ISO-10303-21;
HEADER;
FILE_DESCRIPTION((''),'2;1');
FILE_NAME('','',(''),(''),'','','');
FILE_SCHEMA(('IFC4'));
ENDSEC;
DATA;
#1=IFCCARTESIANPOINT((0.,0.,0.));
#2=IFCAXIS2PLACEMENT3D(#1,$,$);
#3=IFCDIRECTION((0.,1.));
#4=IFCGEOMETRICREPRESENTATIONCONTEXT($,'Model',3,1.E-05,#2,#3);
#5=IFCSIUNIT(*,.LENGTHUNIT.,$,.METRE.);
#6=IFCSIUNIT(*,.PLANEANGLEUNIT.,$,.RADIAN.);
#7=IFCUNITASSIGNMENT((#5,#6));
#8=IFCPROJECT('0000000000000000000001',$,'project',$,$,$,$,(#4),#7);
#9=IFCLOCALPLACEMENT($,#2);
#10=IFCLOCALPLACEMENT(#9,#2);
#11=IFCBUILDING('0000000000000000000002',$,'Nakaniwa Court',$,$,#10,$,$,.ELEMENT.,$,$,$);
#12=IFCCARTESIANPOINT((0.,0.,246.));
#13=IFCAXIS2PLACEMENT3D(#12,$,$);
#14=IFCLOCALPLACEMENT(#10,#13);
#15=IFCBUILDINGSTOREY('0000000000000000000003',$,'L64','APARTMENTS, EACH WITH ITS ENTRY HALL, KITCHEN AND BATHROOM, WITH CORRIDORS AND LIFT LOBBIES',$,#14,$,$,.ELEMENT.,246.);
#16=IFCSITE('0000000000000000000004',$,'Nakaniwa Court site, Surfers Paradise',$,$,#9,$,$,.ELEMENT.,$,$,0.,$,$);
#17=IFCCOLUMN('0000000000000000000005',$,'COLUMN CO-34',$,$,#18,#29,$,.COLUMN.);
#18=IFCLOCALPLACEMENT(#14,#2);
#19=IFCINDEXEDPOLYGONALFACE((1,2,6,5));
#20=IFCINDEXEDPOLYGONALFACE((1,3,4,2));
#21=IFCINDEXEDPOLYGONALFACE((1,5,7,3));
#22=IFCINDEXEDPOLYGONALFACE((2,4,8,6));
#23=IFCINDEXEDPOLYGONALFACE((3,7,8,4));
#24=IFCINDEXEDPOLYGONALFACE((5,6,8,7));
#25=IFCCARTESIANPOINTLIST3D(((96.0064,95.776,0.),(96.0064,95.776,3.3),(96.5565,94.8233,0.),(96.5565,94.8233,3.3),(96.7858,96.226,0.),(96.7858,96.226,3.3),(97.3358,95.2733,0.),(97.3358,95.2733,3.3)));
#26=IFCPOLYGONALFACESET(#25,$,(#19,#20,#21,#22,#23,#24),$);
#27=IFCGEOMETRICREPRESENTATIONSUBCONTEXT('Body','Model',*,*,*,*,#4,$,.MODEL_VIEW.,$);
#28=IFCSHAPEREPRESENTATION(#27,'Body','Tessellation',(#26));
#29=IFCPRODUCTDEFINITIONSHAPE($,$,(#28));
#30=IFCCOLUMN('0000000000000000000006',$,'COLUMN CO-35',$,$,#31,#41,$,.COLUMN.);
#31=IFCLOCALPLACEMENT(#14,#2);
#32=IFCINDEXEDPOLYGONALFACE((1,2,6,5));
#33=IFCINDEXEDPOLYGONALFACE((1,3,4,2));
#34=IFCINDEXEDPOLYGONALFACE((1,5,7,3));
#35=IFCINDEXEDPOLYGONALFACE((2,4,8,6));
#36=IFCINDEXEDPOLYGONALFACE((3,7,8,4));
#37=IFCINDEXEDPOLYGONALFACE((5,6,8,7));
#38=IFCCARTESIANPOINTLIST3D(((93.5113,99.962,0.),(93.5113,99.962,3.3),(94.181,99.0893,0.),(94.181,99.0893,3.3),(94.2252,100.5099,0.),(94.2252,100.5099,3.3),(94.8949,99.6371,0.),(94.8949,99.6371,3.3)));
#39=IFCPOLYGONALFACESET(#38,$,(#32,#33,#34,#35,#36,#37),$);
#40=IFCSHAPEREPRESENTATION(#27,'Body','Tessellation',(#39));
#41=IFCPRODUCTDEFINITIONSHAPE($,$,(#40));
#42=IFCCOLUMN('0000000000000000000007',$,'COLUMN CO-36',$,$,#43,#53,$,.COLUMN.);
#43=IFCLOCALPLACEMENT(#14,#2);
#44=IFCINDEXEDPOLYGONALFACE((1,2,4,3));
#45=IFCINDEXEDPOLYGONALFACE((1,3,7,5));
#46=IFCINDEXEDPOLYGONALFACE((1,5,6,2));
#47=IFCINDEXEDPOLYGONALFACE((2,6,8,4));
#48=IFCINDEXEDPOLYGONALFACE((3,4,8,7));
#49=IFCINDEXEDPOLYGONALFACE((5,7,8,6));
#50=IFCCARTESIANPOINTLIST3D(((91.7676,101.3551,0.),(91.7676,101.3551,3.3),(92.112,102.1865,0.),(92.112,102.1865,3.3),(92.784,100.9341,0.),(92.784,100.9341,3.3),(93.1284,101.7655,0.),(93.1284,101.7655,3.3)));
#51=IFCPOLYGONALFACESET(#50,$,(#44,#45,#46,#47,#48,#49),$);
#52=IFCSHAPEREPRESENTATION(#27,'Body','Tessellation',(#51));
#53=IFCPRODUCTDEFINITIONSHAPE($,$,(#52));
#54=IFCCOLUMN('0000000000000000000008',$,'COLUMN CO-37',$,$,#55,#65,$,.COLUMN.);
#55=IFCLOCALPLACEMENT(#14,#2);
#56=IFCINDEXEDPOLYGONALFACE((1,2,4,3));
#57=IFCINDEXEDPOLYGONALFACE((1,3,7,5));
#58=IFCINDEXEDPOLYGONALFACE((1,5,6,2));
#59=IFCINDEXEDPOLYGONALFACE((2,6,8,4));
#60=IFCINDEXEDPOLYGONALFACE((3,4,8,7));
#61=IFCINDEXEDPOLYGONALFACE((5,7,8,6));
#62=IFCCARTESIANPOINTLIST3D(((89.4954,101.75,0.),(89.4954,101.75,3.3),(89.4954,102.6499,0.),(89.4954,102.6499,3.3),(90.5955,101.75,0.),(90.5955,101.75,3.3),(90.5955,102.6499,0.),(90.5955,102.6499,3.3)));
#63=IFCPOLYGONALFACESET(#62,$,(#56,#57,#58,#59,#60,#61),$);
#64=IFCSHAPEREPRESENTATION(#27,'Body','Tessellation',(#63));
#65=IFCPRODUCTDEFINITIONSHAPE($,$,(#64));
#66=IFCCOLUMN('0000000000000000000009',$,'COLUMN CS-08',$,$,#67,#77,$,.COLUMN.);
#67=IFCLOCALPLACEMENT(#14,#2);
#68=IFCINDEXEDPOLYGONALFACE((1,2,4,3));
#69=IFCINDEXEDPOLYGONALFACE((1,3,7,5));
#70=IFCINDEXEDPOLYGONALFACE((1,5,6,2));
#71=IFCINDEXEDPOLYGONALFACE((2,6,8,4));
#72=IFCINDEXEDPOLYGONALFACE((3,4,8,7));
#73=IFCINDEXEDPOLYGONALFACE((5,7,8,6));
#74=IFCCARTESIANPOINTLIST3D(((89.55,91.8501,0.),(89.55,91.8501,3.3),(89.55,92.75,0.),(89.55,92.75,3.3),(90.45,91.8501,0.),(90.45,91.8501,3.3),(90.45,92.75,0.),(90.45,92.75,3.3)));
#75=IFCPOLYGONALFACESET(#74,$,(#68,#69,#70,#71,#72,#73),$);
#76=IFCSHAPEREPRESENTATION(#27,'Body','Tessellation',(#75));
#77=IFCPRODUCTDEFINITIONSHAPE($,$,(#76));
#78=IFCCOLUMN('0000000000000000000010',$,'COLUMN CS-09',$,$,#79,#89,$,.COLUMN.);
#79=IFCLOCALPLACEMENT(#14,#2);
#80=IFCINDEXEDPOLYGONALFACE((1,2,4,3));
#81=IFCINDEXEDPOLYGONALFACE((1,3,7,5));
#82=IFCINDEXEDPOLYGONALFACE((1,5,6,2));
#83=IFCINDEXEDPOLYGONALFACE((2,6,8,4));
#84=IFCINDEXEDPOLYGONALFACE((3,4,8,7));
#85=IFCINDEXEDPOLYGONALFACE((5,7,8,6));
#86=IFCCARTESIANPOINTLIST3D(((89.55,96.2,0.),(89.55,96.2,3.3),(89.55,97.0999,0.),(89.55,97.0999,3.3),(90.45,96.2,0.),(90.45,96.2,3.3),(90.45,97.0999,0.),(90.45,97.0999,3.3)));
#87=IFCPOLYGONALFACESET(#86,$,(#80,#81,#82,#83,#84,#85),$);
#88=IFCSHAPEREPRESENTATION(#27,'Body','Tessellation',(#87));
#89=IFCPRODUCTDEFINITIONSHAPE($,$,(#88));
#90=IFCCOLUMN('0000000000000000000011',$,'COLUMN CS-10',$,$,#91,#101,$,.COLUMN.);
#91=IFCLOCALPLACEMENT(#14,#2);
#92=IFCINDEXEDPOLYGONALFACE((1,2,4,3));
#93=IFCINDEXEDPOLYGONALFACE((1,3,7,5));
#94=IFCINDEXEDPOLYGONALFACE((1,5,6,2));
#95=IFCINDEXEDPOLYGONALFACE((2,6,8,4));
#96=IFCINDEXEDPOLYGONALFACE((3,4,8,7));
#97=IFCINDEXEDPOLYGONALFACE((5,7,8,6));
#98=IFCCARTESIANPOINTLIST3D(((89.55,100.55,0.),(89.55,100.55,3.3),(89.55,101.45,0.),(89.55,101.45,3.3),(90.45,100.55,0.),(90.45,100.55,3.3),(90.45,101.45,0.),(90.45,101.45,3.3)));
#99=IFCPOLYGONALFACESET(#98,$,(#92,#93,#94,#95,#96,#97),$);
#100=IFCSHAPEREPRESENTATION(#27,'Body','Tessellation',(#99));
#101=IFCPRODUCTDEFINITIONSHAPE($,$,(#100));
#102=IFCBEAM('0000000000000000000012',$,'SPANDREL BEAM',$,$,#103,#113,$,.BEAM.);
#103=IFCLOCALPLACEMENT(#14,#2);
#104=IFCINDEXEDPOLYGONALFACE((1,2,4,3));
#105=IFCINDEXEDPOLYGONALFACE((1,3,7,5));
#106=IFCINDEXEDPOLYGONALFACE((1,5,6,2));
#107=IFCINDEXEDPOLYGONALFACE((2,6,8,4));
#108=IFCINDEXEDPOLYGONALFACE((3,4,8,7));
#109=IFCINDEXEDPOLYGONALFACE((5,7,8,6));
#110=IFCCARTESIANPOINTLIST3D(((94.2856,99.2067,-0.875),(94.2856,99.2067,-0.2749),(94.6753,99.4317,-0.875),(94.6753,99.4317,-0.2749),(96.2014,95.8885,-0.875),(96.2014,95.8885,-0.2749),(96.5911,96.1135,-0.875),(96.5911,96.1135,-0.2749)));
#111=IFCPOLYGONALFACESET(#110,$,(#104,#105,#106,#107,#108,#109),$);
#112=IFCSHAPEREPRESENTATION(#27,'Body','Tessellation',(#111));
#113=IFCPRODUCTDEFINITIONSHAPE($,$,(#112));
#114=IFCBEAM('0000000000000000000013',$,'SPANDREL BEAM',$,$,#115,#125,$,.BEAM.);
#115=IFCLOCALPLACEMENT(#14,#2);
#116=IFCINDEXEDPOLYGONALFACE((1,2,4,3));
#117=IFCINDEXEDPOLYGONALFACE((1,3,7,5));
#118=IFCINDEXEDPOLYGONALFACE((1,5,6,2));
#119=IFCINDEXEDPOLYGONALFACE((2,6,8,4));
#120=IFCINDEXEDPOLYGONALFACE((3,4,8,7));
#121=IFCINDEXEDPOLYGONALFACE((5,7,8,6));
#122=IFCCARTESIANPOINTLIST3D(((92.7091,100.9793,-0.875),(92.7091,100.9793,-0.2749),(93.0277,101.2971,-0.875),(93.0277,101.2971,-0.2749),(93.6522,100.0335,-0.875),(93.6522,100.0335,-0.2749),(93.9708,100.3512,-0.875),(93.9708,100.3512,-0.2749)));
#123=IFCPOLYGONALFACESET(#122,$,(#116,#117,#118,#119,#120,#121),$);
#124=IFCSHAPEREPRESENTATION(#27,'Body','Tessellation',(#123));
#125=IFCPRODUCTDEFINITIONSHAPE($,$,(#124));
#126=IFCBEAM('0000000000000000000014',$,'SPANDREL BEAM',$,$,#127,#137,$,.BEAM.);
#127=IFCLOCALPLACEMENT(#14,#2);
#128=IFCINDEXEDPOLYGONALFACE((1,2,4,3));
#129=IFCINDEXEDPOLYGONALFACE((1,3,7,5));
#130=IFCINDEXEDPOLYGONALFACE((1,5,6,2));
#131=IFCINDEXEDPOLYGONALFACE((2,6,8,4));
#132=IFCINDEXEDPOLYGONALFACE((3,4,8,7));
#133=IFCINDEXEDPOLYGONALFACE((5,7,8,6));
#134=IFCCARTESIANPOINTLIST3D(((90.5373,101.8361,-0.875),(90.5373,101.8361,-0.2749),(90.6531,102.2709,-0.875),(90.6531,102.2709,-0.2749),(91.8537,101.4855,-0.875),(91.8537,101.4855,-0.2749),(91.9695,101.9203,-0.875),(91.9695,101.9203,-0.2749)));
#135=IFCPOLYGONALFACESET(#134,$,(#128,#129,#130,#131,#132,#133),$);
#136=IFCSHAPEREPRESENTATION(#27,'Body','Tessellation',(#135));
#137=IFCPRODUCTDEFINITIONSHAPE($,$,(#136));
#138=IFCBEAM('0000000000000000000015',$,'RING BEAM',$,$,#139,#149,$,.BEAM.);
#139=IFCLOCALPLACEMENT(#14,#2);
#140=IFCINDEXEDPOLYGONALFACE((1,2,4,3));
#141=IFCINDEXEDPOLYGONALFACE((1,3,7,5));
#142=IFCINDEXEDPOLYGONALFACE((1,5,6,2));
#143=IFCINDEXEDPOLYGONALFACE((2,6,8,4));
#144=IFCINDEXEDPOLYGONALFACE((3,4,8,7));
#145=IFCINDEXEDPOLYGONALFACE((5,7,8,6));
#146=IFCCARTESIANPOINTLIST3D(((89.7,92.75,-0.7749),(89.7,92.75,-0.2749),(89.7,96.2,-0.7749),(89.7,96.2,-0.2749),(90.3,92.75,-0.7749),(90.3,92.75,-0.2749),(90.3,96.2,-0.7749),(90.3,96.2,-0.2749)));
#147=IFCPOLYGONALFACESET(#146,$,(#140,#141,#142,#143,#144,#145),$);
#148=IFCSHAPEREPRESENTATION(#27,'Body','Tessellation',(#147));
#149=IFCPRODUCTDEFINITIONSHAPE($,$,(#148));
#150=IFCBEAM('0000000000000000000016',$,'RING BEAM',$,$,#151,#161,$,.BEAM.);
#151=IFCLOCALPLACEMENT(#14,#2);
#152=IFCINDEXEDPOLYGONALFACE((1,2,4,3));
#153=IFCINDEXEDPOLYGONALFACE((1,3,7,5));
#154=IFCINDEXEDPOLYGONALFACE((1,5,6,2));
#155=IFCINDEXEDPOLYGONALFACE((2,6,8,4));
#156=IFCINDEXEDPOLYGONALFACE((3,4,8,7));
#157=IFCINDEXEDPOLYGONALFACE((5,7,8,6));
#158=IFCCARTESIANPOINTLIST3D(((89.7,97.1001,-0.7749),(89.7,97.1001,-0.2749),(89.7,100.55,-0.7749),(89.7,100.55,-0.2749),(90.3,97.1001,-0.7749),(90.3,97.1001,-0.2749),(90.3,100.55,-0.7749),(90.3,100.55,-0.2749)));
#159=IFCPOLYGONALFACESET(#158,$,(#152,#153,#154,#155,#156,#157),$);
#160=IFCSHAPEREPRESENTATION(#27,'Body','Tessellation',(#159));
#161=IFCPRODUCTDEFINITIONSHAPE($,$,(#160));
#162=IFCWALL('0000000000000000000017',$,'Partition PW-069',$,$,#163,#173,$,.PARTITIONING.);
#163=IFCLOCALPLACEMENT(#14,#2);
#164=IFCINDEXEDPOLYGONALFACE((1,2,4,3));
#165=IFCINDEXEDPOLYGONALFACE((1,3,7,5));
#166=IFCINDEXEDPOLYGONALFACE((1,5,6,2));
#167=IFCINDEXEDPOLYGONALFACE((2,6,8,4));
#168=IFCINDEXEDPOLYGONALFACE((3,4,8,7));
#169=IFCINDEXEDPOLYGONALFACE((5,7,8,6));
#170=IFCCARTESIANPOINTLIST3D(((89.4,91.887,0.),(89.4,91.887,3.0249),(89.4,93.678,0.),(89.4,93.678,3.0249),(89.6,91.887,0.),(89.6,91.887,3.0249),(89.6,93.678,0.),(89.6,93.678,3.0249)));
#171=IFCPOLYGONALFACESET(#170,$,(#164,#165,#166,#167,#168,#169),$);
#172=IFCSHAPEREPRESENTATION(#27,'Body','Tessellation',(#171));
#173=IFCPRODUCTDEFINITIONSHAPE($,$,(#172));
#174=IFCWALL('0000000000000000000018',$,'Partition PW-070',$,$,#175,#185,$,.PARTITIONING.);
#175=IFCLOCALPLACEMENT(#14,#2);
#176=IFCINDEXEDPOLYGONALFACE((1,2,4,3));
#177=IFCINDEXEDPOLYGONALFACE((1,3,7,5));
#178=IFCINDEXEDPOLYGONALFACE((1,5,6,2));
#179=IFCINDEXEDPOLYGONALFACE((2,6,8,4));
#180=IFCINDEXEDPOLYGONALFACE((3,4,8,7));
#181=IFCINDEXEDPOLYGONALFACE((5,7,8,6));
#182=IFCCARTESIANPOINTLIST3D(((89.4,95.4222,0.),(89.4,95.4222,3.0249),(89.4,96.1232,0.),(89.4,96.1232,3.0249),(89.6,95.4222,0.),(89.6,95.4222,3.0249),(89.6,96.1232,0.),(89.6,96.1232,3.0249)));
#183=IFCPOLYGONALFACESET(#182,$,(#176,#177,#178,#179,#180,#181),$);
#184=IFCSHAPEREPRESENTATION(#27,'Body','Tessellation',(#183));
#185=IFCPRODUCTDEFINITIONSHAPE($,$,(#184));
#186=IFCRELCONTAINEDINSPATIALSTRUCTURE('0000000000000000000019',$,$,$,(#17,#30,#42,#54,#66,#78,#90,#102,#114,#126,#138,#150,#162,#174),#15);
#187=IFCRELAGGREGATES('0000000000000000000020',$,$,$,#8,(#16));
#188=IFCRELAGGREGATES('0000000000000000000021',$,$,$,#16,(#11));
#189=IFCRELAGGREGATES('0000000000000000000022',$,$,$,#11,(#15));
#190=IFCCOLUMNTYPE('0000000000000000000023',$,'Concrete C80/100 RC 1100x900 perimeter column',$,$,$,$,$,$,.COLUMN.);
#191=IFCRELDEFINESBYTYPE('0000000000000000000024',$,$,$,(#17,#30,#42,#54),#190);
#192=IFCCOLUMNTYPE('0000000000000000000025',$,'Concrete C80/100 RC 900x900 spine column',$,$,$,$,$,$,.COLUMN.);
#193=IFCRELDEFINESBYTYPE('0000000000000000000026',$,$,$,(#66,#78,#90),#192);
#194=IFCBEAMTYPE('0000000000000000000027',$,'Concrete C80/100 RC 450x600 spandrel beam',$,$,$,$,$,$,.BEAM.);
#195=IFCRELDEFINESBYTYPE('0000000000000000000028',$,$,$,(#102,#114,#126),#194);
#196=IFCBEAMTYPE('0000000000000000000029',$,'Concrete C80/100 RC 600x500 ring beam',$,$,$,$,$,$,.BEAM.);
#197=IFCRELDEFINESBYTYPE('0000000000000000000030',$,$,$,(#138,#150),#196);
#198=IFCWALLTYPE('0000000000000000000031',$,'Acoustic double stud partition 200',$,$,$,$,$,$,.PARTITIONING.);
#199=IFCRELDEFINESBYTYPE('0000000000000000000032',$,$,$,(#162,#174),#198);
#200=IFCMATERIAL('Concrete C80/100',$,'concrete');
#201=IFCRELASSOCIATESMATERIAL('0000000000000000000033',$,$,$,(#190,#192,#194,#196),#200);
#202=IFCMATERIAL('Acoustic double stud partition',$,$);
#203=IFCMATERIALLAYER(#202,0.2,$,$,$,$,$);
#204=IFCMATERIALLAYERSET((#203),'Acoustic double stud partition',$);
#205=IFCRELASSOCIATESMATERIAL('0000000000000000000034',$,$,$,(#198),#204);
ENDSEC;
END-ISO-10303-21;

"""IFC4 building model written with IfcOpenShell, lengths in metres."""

from ifc_helpers import new_model, si_unit, direction, frame, frame_2d, origin, origin_2d, place, context, subcontext, project, spatial, rectangle, extrude, material, layer, layer_set, material_profile, profile_set, type_object, element, save


model = new_model("IFC4")

# Units and contexts
model_context = context("Model", 3, precision=1e-05, world=origin(), true_north=direction((0.0, 1.0)))
body_context = subcontext(model_context, "Body", "Model", "MODEL_VIEW")
ifc_project = project(units=[si_unit("LENGTHUNIT", "METRE"), si_unit("PLANEANGLEUNIT", "RADIAN")], contexts=[model_context])

# Site, building, storey
site_placement = place(None, origin())
site = spatial("IfcSite", under=ifc_project, at=site_placement, Name="Nakaniwa Court site, Surfers Paradise", CompositionType="ELEMENT", RefElevation=0.0)
building_placement = place(site_placement, origin())
building = spatial("IfcBuilding", under=site, at=building_placement, Name="Nakaniwa Court", CompositionType="ELEMENT")
storey_placement = place(building_placement, frame((0.0, 0.0, 246.0)))
storey = spatial("IfcBuildingStorey", under=building, at=storey_placement, Name="L64", Description="APARTMENTS, EACH WITH ITS ENTRY HALL, KITCHEN AND BATHROOM, WITH CORRIDORS AND LIFT LOBBIES", CompositionType="ELEMENT", Elevation=246.0)

# Columns
ifc_material_1 = material(Name="Concrete C80/100", Category="concrete")
ifc_material_profile_1 = material_profile(ifc_material_1, rectangle(XDim=1.1001, YDim=0.8999, at=origin_2d()), Name="Concrete C80/100 RC 1100x900 perimeter column")
ifc_profile_set_1 = profile_set([ifc_material_profile_1], Name="Concrete C80/100")
column_type_1 = type_object("IfcColumnType", Name="Concrete C80/100 RC 1100x900 perimeter column", PredefinedType="COLUMN", material=ifc_profile_set_1)
for number, where, z_axis, x_axis, name in (
    (1, (96.6711, 95.5247, 0.0), (0.0, 0.0, 1.0), (-0.5, 0.866025, 0.0), "COLUMN CO-34"),
    (2, (94.2031, 99.7996, 0.0), (0.0, 0.0, 1.0), (-0.608761, 0.793353, 0.0), "COLUMN CO-35"),
    (3, (92.448, 101.5603, 0.0), (0.0, 0.0, 1.0), (-0.92388, 0.382683, 0.0), "COLUMN CO-36"),
    (4, (90.0454, 102.2, 0.0), (0.0, 0.0, 1.0), (-1.0, 0.0, 0.0), "COLUMN CO-37"),
):
    element("IfcColumn", number, at=place(storey_placement, frame(where, z_axis=z_axis, x_axis=x_axis)), inside=storey, type_object=column_type_1, Name=name, PredefinedType="COLUMN", context=body_context, shape_type="SweptSolid", body=[
        extrude(rectangle(XDim=1.1001, YDim=0.8999, at=origin_2d()), origin(), (0.0, 0.0, 1.0), 3.3),
    ])
ifc_material_profile_2 = material_profile(ifc_material_1, rectangle(XDim=0.8999, YDim=0.8999, at=origin_2d()), Name="Concrete C80/100 RC 900x900 spine column")
ifc_profile_set_2 = profile_set([ifc_material_profile_2], Name="Concrete C80/100")
column_type_2 = type_object("IfcColumnType", Name="Concrete C80/100 RC 900x900 spine column", PredefinedType="COLUMN", material=ifc_profile_set_2)
for number, where, z_axis, x_axis, name in (
    (5, (90.0, 92.3, 0.0), (0.0, 0.0, 1.0), (0.0, 1.0, 0.0), "COLUMN CS-08"),
    (6, (90.0, 96.6499, 0.0), (0.0, 0.0, 1.0), (0.0, 1.0, 0.0), "COLUMN CS-09"),
    (7, (90.0, 101.0, 0.0), (0.0, 0.0, 1.0), (0.0, 1.0, 0.0), "COLUMN CS-10"),
):
    element("IfcColumn", number, at=place(storey_placement, frame(where, z_axis=z_axis, x_axis=x_axis)), inside=storey, type_object=column_type_2, Name=name, PredefinedType="COLUMN", context=body_context, shape_type="SweptSolid", body=[
        extrude(rectangle(XDim=0.8999, YDim=0.8999, at=origin_2d()), origin(), (0.0, 0.0, 1.0), 3.3),
    ])

# Beams
ifc_material_profile_3 = material_profile(ifc_material_1, rectangle(XDim=0.45, YDim=0.6001, at=origin_2d()), Name="Concrete C80/100 RC 450x600 spandrel beam")
ifc_profile_set_3 = profile_set([ifc_material_profile_3], Name="Concrete C80/100")
beam_type_1 = type_object("IfcBeamType", Name="Concrete C80/100 RC 450x600 spandrel beam", PredefinedType="BEAM", material=ifc_profile_set_3)
beam_1_placement = place(storey_placement, frame((96.3962, 96.001, -0.575), z_axis=(-0.500011, 0.866019, 0.0), x_axis=(-0.866019, -0.500011, 0.0)))
element("IfcBeam", 8, at=beam_1_placement, inside=storey, type_object=beam_type_1, Name="SPANDREL BEAM", PredefinedType="BEAM", context=body_context, shape_type="SweptSolid", body=[
    extrude(rectangle(XDim=0.45, YDim=0.6001, at=origin_2d()), origin(), (0.0, 0.0, 1.0), 3.8315),
])
beam_2_placement = place(storey_placement, frame((93.8115, 100.1924, -0.575), z_axis=(-0.706101, 0.708111, 0.0), x_axis=(-0.708111, -0.706101, 0.0)))
element("IfcBeam", 9, at=beam_2_placement, inside=storey, type_object=beam_type_1, Name="SPANDREL BEAM", PredefinedType="BEAM", context=body_context, shape_type="SweptSolid", body=[
    extrude(rectangle(XDim=0.45, YDim=0.6001, at=origin_2d()), origin(), (0.0, 0.0, 1.0), 1.3357),
])
beam_3_placement = place(storey_placement, frame((91.9116, 101.7029, -0.575), z_axis=(-0.966318, 0.25735, 0.0), x_axis=(-0.25735, -0.966318, 0.0)))
element("IfcBeam", 10, at=beam_3_placement, inside=storey, type_object=beam_type_1, Name="SPANDREL BEAM", PredefinedType="BEAM", context=body_context, shape_type="SweptSolid", body=[
    extrude(rectangle(XDim=0.45, YDim=0.6001, at=origin_2d()), origin(), (0.0, 0.0, 1.0), 1.3623),
])
ifc_material_profile_4 = material_profile(ifc_material_1, rectangle(XDim=0.6001, YDim=0.5, at=origin_2d()), Name="Concrete C80/100 RC 600x500 ring beam")
ifc_profile_set_4 = profile_set([ifc_material_profile_4], Name="Concrete C80/100")
beam_type_2 = type_object("IfcBeamType", Name="Concrete C80/100 RC 600x500 ring beam", PredefinedType="BEAM", material=ifc_profile_set_4)
for number, where, z_axis, x_axis, name in (
    (11, (90.0, 92.75, -0.5249), (0.0, 1.0, 0.0), (-1.0, 0.0, 0.0), "RING BEAM"),
    (12, (90.0, 97.1001, -0.5249), (0.0, 1.0, 0.0), (-1.0, 0.0, 0.0), "RING BEAM"),
):
    element("IfcBeam", number, at=place(storey_placement, frame(where, z_axis=z_axis, x_axis=x_axis)), inside=storey, type_object=beam_type_2, Name=name, PredefinedType="BEAM", context=body_context, shape_type="SweptSolid", body=[
        extrude(rectangle(XDim=0.6001, YDim=0.5, at=origin_2d()), origin(), (0.0, 0.0, 1.0), 3.45),
    ])

# Walls
ifc_material_2 = material(Name="Acoustic double stud partition")
ifc_layer_1 = layer(ifc_material_2, 0.2)
ifc_layer_set_1 = layer_set([ifc_layer_1], Name="Acoustic double stud partition")
wall_type_1 = type_object("IfcWallType", Name="Acoustic double stud partition 200", PredefinedType="PARTITIONING", material=ifc_layer_set_1)
wall_1_placement = place(storey_placement, frame((89.5, 91.887, 0.0), z_axis=(0.0, 0.0, 1.0), x_axis=(0.0, 1.0, 0.0)))
element("IfcWall", 13, at=wall_1_placement, inside=storey, type_object=wall_type_1, Name="Partition PW-069", PredefinedType="PARTITIONING", context=body_context, shape_type="SweptSolid", body=[
    extrude(rectangle(XDim=1.791, YDim=0.2, at=frame_2d((0.8955, 0.0))), origin(), (0.0, 0.0, 1.0), 3.0249),
])
wall_2_placement = place(storey_placement, frame((89.5, 95.4221, 0.0), z_axis=(0.0, 0.0, 1.0), x_axis=(0.0, 1.0, 0.0)))
element("IfcWall", 14, at=wall_2_placement, inside=storey, type_object=wall_type_1, Name="Partition PW-070", PredefinedType="PARTITIONING", context=body_context, shape_type="SweptSolid", body=[
    extrude(rectangle(XDim=0.7009, YDim=0.2, at=frame_2d((0.3506, 0.0))), origin(), (0.0, 0.0, 1.0), 3.0249),
])

save(model, "model.ifc")
